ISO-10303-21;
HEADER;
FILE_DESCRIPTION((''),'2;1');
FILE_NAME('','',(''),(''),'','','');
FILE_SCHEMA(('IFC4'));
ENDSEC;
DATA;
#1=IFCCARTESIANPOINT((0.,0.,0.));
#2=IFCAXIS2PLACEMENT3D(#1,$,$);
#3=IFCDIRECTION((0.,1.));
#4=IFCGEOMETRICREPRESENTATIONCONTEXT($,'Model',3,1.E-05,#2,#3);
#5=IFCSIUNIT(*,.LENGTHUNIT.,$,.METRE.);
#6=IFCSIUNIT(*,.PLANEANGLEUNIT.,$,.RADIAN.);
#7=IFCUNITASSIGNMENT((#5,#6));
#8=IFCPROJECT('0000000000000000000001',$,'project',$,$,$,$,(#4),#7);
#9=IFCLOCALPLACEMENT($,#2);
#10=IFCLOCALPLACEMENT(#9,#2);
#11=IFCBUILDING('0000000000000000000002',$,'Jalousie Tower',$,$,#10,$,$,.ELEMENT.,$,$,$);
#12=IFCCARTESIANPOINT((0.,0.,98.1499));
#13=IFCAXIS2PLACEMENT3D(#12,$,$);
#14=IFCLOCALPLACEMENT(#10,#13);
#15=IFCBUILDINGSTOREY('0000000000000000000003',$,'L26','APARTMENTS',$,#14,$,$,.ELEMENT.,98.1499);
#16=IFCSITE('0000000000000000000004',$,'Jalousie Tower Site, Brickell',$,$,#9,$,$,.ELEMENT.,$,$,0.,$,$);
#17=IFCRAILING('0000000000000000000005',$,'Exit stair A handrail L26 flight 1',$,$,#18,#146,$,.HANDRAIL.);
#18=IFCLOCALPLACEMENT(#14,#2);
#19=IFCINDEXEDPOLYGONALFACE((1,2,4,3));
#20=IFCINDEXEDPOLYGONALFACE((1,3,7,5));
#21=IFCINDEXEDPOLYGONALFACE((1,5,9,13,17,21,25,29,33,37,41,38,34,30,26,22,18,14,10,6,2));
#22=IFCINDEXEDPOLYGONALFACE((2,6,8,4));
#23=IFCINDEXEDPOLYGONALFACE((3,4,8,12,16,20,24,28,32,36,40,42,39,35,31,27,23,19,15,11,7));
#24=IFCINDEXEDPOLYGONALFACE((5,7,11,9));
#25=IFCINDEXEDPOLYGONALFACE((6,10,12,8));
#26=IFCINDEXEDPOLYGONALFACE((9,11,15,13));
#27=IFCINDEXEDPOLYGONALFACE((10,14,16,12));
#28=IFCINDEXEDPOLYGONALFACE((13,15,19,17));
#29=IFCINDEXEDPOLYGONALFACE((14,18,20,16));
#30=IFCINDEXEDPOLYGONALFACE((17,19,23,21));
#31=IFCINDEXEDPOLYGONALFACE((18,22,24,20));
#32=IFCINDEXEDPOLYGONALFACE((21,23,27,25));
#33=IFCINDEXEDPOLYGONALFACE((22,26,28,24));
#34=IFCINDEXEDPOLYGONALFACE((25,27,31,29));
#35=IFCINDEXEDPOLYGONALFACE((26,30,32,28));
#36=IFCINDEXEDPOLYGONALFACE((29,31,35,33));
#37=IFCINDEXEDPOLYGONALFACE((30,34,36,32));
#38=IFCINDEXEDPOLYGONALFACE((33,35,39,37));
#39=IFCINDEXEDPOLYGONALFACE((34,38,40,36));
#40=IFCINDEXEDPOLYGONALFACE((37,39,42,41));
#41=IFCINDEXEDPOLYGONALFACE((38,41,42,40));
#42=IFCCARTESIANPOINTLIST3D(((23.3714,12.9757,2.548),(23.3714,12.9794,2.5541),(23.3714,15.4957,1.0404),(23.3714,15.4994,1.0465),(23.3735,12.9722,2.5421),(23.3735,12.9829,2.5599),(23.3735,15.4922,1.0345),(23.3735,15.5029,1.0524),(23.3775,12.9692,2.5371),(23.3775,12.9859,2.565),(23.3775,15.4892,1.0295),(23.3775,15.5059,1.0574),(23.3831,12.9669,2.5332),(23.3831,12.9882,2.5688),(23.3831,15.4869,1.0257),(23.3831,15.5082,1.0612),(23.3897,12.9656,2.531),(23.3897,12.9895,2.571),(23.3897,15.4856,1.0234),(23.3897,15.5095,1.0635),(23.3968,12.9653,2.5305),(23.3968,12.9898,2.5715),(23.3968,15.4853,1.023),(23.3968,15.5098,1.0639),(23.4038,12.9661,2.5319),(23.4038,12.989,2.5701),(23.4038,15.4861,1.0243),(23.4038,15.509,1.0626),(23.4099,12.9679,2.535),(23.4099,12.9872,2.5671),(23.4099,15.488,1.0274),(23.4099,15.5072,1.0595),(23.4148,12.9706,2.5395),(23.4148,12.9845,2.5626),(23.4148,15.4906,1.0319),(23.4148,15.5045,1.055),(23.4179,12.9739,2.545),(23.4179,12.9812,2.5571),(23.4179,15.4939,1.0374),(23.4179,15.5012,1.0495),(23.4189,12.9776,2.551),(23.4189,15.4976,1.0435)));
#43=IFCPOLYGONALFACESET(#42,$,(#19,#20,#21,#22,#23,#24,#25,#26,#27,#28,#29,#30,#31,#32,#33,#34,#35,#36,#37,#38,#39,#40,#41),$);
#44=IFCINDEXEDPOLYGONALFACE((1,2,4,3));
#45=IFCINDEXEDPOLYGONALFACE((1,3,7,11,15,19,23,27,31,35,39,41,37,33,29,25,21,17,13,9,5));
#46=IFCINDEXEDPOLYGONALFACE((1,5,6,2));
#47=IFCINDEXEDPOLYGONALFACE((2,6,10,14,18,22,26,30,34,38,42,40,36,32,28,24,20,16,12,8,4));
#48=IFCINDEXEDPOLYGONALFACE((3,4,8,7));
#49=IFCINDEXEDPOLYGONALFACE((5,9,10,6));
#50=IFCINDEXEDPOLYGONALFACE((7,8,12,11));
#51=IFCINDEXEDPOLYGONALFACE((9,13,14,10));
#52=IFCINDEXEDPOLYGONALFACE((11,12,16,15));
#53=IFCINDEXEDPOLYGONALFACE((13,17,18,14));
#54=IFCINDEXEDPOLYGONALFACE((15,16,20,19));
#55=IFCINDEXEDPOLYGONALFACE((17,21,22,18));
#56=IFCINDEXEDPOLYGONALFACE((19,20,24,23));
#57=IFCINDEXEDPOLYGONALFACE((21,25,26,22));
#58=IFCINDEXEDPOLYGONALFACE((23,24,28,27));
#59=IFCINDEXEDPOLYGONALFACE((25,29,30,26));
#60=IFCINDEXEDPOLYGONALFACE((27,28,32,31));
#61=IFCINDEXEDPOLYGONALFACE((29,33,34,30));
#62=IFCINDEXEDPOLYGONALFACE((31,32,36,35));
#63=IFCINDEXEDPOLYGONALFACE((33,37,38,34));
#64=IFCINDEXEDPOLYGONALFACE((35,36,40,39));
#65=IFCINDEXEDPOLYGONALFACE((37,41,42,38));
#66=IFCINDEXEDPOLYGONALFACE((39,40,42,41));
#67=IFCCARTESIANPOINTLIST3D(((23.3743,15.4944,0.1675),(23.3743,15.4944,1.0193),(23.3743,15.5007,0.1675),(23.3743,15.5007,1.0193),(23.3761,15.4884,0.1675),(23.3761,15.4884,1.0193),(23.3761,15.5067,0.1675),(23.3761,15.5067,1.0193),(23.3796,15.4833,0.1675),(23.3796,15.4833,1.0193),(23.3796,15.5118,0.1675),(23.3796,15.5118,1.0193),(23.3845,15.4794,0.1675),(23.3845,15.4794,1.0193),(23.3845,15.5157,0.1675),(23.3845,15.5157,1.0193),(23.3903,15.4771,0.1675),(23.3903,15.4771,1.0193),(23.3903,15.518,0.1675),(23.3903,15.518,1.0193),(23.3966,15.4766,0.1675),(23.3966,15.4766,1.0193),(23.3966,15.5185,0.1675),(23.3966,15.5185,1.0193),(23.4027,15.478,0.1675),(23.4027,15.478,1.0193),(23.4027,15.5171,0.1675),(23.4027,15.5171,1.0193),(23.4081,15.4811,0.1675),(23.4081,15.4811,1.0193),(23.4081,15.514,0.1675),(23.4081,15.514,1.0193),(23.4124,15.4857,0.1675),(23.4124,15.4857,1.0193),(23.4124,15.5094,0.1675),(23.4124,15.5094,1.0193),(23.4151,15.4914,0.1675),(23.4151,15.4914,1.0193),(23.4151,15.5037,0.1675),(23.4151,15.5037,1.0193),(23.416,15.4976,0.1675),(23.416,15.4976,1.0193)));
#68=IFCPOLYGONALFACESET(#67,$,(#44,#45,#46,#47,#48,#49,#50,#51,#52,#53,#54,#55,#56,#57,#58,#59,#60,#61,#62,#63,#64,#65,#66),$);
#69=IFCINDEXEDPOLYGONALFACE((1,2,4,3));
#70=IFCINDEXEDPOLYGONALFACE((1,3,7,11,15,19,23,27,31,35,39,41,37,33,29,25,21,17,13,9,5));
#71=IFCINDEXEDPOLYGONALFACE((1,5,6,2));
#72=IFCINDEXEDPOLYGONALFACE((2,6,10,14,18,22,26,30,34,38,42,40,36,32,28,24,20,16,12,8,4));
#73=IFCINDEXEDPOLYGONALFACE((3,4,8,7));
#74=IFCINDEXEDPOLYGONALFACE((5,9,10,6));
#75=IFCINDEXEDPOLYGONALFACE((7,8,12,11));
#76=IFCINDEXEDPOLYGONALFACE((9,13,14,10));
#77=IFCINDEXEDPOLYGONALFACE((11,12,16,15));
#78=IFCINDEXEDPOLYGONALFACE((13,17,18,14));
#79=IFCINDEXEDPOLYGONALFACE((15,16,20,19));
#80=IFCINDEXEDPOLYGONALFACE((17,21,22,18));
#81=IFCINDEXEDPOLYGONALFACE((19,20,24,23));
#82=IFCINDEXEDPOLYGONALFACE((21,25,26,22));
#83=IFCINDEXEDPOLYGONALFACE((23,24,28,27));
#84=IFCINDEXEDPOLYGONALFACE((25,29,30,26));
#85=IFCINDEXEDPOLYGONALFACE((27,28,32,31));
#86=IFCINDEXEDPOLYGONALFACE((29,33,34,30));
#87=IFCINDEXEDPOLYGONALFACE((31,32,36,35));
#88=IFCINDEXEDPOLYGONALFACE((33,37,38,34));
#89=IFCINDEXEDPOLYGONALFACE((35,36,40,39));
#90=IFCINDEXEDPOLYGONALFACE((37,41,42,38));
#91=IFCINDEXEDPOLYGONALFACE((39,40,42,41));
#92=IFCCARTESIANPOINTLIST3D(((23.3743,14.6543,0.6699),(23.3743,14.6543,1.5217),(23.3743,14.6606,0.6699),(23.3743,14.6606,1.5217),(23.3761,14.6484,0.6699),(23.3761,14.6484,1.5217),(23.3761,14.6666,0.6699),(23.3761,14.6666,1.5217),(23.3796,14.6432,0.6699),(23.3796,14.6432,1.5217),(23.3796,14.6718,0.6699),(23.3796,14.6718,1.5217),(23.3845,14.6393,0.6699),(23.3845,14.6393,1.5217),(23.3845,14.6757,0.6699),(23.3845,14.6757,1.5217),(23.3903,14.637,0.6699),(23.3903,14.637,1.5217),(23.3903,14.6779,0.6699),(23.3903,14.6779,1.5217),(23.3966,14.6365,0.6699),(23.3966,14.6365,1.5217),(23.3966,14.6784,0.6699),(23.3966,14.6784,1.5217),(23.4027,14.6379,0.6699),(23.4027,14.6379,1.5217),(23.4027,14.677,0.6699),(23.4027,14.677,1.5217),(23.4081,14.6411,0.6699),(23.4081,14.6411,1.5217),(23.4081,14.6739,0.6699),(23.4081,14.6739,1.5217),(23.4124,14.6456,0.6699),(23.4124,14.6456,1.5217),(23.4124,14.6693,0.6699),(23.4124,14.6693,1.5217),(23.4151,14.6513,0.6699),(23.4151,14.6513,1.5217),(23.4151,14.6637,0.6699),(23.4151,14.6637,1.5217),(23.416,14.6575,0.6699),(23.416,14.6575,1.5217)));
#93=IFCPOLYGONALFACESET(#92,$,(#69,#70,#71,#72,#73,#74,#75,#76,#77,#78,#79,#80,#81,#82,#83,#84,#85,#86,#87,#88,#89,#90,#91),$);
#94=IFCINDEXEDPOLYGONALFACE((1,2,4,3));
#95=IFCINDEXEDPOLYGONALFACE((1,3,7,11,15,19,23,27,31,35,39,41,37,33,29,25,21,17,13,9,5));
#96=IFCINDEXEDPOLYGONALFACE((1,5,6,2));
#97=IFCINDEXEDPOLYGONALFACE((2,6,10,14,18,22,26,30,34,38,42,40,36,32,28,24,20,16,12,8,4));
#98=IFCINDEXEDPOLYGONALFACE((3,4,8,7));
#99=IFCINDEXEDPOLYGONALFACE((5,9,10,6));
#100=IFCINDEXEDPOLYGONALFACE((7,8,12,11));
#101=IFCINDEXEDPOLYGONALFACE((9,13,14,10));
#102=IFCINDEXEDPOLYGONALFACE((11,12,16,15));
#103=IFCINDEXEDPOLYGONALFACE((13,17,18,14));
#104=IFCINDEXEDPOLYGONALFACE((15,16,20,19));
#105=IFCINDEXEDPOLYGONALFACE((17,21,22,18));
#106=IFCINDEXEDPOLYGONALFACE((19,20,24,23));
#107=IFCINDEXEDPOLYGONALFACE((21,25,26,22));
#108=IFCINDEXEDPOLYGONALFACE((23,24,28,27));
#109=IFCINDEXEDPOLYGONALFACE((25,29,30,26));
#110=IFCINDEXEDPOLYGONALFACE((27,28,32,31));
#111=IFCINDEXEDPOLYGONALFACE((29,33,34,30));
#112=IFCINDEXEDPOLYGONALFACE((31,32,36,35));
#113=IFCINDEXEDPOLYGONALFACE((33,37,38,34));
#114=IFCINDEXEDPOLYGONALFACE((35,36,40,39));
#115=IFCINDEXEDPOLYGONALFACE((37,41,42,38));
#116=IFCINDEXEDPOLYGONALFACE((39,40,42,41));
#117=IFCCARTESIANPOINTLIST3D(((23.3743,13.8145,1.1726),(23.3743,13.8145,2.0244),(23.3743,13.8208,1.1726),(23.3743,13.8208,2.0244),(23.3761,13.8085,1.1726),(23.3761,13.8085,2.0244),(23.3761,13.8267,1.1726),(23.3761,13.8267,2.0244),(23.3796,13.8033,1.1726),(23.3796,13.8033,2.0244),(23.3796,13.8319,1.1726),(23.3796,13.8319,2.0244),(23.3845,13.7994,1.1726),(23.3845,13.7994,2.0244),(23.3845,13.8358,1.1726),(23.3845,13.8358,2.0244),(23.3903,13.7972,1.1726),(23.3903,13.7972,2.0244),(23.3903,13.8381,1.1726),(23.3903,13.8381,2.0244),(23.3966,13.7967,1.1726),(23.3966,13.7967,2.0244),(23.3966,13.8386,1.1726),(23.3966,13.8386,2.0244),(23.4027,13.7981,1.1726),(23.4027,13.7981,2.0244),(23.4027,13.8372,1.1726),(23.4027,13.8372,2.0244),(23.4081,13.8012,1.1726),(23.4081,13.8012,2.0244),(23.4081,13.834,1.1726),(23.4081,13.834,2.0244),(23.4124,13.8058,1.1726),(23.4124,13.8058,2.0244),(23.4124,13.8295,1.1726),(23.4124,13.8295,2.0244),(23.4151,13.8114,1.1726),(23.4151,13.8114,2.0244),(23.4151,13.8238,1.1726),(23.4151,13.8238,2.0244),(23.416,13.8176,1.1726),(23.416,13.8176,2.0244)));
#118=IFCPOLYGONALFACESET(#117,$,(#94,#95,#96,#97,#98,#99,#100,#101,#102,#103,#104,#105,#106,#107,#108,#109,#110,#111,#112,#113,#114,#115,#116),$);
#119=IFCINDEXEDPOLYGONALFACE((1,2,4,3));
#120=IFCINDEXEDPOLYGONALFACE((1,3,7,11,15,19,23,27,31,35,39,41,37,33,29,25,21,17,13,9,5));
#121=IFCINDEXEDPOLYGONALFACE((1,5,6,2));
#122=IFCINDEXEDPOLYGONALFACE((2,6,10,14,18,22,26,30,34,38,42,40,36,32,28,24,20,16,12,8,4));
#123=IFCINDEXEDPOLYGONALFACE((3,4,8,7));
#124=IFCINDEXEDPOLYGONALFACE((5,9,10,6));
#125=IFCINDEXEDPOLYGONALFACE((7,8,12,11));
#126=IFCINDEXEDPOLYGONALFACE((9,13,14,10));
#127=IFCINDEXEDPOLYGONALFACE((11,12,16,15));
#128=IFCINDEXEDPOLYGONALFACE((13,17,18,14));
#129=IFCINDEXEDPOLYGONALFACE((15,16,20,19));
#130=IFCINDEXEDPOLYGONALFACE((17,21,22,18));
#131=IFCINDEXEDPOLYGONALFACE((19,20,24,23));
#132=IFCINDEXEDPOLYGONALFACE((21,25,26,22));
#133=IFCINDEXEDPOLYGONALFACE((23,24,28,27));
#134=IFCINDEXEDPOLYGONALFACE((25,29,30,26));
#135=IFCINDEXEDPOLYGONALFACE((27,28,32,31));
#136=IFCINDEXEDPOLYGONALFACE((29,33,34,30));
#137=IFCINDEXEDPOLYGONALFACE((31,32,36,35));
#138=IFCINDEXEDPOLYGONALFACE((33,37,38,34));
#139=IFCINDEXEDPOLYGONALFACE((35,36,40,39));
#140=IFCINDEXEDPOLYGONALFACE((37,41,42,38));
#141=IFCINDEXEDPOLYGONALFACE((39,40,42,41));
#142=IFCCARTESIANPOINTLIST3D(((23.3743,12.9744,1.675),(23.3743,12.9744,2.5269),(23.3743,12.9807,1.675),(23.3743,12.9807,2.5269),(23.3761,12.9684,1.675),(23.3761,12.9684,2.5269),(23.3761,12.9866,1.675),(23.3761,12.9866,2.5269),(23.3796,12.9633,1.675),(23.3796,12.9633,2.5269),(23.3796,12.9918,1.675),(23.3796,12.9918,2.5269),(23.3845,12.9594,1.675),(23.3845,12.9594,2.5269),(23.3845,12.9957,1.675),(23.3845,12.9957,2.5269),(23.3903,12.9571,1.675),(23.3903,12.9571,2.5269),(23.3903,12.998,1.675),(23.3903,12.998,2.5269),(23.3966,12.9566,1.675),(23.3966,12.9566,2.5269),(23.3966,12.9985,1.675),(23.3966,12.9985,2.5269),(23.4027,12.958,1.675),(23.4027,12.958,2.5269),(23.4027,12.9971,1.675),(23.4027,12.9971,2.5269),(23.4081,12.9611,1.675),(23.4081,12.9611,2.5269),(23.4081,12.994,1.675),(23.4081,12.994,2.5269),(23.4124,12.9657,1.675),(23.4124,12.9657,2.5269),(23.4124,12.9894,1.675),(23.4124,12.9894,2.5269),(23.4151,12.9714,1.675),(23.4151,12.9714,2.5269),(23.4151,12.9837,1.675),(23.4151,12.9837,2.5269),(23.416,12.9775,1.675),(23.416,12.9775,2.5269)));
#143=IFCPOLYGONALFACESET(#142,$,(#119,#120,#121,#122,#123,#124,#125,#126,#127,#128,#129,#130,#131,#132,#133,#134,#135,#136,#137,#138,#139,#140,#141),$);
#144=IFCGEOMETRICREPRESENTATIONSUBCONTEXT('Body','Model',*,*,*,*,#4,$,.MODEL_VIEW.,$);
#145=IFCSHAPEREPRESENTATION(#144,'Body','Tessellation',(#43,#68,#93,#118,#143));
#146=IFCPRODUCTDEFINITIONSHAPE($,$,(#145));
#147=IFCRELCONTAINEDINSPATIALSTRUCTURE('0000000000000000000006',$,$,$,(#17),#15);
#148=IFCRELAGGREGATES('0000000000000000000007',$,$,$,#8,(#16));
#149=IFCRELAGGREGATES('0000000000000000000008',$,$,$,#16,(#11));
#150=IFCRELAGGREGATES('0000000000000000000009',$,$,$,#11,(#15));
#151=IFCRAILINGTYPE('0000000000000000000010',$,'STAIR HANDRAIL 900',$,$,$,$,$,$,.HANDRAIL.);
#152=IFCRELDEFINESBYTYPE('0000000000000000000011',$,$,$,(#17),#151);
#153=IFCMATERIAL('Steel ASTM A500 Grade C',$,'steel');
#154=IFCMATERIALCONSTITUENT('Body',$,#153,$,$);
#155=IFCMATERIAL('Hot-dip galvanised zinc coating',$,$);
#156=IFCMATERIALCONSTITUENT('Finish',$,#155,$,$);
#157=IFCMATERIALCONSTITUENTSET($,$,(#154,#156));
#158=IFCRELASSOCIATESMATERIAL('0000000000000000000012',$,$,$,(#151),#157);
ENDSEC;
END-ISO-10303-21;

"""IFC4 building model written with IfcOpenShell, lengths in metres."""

from ifc_helpers import new_model, si_unit, direction, frame, origin, origin_2d, place, context, subcontext, project, spatial, circle, extrude, material, constituent, constituent_set, type_object, element, save


model = new_model("IFC4")

# Units and contexts
model_context = context("Model", 3, precision=1e-05, world=origin(), true_north=direction((0.0, 1.0)))
body_context = subcontext(model_context, "Body", "Model", "MODEL_VIEW")
ifc_project = project(units=[si_unit("LENGTHUNIT", "METRE"), si_unit("PLANEANGLEUNIT", "RADIAN")], contexts=[model_context])

# Site, building, storey
site_placement = place(None, origin())
site = spatial("IfcSite", under=ifc_project, at=site_placement, Name="Jalousie Tower Site, Brickell", CompositionType="ELEMENT", RefElevation=0.0)
building_placement = place(site_placement, origin())
building = spatial("IfcBuilding", under=site, at=building_placement, Name="Jalousie Tower", CompositionType="ELEMENT")
storey_placement = place(building_placement, frame((0.0, 0.0, 98.1499)))
storey = spatial("IfcBuildingStorey", under=building, at=storey_placement, Name="L26", Description="APARTMENTS", CompositionType="ELEMENT", Elevation=98.1499)

# Railing
ifc_material_1 = material(Name="Steel ASTM A500 Grade C", Category="steel")
ifc_constituent_1 = constituent(ifc_material_1, Name="Body")
ifc_material_2 = material(Name="Hot-dip galvanised zinc coating")
ifc_constituent_2 = constituent(ifc_material_2, Name="Finish")
ifc_constituent_set_1 = constituent_set(constituents=[ifc_constituent_1, ifc_constituent_2])
railing_type_1 = type_object("IfcRailingType", Name="STAIR HANDRAIL 900", PredefinedType="HANDRAIL", material=ifc_constituent_set_1)
railing_1_placement = place(storey_placement, frame((23.395, 15.4976, 0.1675)))
element("IfcRailing", 1, at=railing_1_placement, inside=storey, type_object=railing_type_1, Name="Exit stair A handrail L26 flight 1", PredefinedType="HANDRAIL", context=body_context, shape_type="SweptSolid", body=[
    extrude(circle(Radius=0.0239, at=origin_2d()), frame((0.0, 0.0, 0.876), z_axis=(0.0, -0.85816, 0.513383), x_axis=(1.0, 0.0, 0.0)), (0.0, 0.0, 1.0), 2.9365),
    extrude(circle(Radius=0.021, at=origin_2d()), origin(), (0.0, 0.0, 1.0), 0.8518),
    extrude(circle(Radius=0.021, at=origin_2d()), frame((0.0, -0.8401, 0.5024)), (0.0, 0.0, 1.0), 0.8518),
    extrude(circle(Radius=0.021, at=origin_2d()), frame((0.0, -1.6799, 1.0051)), (0.0, 0.0, 1.0), 0.8518),
    extrude(circle(Radius=0.021, at=origin_2d()), frame((0.0, -2.52, 1.5076)), (0.0, 0.0, 1.0), 0.8518),
])

save(model, "model.ifc")
